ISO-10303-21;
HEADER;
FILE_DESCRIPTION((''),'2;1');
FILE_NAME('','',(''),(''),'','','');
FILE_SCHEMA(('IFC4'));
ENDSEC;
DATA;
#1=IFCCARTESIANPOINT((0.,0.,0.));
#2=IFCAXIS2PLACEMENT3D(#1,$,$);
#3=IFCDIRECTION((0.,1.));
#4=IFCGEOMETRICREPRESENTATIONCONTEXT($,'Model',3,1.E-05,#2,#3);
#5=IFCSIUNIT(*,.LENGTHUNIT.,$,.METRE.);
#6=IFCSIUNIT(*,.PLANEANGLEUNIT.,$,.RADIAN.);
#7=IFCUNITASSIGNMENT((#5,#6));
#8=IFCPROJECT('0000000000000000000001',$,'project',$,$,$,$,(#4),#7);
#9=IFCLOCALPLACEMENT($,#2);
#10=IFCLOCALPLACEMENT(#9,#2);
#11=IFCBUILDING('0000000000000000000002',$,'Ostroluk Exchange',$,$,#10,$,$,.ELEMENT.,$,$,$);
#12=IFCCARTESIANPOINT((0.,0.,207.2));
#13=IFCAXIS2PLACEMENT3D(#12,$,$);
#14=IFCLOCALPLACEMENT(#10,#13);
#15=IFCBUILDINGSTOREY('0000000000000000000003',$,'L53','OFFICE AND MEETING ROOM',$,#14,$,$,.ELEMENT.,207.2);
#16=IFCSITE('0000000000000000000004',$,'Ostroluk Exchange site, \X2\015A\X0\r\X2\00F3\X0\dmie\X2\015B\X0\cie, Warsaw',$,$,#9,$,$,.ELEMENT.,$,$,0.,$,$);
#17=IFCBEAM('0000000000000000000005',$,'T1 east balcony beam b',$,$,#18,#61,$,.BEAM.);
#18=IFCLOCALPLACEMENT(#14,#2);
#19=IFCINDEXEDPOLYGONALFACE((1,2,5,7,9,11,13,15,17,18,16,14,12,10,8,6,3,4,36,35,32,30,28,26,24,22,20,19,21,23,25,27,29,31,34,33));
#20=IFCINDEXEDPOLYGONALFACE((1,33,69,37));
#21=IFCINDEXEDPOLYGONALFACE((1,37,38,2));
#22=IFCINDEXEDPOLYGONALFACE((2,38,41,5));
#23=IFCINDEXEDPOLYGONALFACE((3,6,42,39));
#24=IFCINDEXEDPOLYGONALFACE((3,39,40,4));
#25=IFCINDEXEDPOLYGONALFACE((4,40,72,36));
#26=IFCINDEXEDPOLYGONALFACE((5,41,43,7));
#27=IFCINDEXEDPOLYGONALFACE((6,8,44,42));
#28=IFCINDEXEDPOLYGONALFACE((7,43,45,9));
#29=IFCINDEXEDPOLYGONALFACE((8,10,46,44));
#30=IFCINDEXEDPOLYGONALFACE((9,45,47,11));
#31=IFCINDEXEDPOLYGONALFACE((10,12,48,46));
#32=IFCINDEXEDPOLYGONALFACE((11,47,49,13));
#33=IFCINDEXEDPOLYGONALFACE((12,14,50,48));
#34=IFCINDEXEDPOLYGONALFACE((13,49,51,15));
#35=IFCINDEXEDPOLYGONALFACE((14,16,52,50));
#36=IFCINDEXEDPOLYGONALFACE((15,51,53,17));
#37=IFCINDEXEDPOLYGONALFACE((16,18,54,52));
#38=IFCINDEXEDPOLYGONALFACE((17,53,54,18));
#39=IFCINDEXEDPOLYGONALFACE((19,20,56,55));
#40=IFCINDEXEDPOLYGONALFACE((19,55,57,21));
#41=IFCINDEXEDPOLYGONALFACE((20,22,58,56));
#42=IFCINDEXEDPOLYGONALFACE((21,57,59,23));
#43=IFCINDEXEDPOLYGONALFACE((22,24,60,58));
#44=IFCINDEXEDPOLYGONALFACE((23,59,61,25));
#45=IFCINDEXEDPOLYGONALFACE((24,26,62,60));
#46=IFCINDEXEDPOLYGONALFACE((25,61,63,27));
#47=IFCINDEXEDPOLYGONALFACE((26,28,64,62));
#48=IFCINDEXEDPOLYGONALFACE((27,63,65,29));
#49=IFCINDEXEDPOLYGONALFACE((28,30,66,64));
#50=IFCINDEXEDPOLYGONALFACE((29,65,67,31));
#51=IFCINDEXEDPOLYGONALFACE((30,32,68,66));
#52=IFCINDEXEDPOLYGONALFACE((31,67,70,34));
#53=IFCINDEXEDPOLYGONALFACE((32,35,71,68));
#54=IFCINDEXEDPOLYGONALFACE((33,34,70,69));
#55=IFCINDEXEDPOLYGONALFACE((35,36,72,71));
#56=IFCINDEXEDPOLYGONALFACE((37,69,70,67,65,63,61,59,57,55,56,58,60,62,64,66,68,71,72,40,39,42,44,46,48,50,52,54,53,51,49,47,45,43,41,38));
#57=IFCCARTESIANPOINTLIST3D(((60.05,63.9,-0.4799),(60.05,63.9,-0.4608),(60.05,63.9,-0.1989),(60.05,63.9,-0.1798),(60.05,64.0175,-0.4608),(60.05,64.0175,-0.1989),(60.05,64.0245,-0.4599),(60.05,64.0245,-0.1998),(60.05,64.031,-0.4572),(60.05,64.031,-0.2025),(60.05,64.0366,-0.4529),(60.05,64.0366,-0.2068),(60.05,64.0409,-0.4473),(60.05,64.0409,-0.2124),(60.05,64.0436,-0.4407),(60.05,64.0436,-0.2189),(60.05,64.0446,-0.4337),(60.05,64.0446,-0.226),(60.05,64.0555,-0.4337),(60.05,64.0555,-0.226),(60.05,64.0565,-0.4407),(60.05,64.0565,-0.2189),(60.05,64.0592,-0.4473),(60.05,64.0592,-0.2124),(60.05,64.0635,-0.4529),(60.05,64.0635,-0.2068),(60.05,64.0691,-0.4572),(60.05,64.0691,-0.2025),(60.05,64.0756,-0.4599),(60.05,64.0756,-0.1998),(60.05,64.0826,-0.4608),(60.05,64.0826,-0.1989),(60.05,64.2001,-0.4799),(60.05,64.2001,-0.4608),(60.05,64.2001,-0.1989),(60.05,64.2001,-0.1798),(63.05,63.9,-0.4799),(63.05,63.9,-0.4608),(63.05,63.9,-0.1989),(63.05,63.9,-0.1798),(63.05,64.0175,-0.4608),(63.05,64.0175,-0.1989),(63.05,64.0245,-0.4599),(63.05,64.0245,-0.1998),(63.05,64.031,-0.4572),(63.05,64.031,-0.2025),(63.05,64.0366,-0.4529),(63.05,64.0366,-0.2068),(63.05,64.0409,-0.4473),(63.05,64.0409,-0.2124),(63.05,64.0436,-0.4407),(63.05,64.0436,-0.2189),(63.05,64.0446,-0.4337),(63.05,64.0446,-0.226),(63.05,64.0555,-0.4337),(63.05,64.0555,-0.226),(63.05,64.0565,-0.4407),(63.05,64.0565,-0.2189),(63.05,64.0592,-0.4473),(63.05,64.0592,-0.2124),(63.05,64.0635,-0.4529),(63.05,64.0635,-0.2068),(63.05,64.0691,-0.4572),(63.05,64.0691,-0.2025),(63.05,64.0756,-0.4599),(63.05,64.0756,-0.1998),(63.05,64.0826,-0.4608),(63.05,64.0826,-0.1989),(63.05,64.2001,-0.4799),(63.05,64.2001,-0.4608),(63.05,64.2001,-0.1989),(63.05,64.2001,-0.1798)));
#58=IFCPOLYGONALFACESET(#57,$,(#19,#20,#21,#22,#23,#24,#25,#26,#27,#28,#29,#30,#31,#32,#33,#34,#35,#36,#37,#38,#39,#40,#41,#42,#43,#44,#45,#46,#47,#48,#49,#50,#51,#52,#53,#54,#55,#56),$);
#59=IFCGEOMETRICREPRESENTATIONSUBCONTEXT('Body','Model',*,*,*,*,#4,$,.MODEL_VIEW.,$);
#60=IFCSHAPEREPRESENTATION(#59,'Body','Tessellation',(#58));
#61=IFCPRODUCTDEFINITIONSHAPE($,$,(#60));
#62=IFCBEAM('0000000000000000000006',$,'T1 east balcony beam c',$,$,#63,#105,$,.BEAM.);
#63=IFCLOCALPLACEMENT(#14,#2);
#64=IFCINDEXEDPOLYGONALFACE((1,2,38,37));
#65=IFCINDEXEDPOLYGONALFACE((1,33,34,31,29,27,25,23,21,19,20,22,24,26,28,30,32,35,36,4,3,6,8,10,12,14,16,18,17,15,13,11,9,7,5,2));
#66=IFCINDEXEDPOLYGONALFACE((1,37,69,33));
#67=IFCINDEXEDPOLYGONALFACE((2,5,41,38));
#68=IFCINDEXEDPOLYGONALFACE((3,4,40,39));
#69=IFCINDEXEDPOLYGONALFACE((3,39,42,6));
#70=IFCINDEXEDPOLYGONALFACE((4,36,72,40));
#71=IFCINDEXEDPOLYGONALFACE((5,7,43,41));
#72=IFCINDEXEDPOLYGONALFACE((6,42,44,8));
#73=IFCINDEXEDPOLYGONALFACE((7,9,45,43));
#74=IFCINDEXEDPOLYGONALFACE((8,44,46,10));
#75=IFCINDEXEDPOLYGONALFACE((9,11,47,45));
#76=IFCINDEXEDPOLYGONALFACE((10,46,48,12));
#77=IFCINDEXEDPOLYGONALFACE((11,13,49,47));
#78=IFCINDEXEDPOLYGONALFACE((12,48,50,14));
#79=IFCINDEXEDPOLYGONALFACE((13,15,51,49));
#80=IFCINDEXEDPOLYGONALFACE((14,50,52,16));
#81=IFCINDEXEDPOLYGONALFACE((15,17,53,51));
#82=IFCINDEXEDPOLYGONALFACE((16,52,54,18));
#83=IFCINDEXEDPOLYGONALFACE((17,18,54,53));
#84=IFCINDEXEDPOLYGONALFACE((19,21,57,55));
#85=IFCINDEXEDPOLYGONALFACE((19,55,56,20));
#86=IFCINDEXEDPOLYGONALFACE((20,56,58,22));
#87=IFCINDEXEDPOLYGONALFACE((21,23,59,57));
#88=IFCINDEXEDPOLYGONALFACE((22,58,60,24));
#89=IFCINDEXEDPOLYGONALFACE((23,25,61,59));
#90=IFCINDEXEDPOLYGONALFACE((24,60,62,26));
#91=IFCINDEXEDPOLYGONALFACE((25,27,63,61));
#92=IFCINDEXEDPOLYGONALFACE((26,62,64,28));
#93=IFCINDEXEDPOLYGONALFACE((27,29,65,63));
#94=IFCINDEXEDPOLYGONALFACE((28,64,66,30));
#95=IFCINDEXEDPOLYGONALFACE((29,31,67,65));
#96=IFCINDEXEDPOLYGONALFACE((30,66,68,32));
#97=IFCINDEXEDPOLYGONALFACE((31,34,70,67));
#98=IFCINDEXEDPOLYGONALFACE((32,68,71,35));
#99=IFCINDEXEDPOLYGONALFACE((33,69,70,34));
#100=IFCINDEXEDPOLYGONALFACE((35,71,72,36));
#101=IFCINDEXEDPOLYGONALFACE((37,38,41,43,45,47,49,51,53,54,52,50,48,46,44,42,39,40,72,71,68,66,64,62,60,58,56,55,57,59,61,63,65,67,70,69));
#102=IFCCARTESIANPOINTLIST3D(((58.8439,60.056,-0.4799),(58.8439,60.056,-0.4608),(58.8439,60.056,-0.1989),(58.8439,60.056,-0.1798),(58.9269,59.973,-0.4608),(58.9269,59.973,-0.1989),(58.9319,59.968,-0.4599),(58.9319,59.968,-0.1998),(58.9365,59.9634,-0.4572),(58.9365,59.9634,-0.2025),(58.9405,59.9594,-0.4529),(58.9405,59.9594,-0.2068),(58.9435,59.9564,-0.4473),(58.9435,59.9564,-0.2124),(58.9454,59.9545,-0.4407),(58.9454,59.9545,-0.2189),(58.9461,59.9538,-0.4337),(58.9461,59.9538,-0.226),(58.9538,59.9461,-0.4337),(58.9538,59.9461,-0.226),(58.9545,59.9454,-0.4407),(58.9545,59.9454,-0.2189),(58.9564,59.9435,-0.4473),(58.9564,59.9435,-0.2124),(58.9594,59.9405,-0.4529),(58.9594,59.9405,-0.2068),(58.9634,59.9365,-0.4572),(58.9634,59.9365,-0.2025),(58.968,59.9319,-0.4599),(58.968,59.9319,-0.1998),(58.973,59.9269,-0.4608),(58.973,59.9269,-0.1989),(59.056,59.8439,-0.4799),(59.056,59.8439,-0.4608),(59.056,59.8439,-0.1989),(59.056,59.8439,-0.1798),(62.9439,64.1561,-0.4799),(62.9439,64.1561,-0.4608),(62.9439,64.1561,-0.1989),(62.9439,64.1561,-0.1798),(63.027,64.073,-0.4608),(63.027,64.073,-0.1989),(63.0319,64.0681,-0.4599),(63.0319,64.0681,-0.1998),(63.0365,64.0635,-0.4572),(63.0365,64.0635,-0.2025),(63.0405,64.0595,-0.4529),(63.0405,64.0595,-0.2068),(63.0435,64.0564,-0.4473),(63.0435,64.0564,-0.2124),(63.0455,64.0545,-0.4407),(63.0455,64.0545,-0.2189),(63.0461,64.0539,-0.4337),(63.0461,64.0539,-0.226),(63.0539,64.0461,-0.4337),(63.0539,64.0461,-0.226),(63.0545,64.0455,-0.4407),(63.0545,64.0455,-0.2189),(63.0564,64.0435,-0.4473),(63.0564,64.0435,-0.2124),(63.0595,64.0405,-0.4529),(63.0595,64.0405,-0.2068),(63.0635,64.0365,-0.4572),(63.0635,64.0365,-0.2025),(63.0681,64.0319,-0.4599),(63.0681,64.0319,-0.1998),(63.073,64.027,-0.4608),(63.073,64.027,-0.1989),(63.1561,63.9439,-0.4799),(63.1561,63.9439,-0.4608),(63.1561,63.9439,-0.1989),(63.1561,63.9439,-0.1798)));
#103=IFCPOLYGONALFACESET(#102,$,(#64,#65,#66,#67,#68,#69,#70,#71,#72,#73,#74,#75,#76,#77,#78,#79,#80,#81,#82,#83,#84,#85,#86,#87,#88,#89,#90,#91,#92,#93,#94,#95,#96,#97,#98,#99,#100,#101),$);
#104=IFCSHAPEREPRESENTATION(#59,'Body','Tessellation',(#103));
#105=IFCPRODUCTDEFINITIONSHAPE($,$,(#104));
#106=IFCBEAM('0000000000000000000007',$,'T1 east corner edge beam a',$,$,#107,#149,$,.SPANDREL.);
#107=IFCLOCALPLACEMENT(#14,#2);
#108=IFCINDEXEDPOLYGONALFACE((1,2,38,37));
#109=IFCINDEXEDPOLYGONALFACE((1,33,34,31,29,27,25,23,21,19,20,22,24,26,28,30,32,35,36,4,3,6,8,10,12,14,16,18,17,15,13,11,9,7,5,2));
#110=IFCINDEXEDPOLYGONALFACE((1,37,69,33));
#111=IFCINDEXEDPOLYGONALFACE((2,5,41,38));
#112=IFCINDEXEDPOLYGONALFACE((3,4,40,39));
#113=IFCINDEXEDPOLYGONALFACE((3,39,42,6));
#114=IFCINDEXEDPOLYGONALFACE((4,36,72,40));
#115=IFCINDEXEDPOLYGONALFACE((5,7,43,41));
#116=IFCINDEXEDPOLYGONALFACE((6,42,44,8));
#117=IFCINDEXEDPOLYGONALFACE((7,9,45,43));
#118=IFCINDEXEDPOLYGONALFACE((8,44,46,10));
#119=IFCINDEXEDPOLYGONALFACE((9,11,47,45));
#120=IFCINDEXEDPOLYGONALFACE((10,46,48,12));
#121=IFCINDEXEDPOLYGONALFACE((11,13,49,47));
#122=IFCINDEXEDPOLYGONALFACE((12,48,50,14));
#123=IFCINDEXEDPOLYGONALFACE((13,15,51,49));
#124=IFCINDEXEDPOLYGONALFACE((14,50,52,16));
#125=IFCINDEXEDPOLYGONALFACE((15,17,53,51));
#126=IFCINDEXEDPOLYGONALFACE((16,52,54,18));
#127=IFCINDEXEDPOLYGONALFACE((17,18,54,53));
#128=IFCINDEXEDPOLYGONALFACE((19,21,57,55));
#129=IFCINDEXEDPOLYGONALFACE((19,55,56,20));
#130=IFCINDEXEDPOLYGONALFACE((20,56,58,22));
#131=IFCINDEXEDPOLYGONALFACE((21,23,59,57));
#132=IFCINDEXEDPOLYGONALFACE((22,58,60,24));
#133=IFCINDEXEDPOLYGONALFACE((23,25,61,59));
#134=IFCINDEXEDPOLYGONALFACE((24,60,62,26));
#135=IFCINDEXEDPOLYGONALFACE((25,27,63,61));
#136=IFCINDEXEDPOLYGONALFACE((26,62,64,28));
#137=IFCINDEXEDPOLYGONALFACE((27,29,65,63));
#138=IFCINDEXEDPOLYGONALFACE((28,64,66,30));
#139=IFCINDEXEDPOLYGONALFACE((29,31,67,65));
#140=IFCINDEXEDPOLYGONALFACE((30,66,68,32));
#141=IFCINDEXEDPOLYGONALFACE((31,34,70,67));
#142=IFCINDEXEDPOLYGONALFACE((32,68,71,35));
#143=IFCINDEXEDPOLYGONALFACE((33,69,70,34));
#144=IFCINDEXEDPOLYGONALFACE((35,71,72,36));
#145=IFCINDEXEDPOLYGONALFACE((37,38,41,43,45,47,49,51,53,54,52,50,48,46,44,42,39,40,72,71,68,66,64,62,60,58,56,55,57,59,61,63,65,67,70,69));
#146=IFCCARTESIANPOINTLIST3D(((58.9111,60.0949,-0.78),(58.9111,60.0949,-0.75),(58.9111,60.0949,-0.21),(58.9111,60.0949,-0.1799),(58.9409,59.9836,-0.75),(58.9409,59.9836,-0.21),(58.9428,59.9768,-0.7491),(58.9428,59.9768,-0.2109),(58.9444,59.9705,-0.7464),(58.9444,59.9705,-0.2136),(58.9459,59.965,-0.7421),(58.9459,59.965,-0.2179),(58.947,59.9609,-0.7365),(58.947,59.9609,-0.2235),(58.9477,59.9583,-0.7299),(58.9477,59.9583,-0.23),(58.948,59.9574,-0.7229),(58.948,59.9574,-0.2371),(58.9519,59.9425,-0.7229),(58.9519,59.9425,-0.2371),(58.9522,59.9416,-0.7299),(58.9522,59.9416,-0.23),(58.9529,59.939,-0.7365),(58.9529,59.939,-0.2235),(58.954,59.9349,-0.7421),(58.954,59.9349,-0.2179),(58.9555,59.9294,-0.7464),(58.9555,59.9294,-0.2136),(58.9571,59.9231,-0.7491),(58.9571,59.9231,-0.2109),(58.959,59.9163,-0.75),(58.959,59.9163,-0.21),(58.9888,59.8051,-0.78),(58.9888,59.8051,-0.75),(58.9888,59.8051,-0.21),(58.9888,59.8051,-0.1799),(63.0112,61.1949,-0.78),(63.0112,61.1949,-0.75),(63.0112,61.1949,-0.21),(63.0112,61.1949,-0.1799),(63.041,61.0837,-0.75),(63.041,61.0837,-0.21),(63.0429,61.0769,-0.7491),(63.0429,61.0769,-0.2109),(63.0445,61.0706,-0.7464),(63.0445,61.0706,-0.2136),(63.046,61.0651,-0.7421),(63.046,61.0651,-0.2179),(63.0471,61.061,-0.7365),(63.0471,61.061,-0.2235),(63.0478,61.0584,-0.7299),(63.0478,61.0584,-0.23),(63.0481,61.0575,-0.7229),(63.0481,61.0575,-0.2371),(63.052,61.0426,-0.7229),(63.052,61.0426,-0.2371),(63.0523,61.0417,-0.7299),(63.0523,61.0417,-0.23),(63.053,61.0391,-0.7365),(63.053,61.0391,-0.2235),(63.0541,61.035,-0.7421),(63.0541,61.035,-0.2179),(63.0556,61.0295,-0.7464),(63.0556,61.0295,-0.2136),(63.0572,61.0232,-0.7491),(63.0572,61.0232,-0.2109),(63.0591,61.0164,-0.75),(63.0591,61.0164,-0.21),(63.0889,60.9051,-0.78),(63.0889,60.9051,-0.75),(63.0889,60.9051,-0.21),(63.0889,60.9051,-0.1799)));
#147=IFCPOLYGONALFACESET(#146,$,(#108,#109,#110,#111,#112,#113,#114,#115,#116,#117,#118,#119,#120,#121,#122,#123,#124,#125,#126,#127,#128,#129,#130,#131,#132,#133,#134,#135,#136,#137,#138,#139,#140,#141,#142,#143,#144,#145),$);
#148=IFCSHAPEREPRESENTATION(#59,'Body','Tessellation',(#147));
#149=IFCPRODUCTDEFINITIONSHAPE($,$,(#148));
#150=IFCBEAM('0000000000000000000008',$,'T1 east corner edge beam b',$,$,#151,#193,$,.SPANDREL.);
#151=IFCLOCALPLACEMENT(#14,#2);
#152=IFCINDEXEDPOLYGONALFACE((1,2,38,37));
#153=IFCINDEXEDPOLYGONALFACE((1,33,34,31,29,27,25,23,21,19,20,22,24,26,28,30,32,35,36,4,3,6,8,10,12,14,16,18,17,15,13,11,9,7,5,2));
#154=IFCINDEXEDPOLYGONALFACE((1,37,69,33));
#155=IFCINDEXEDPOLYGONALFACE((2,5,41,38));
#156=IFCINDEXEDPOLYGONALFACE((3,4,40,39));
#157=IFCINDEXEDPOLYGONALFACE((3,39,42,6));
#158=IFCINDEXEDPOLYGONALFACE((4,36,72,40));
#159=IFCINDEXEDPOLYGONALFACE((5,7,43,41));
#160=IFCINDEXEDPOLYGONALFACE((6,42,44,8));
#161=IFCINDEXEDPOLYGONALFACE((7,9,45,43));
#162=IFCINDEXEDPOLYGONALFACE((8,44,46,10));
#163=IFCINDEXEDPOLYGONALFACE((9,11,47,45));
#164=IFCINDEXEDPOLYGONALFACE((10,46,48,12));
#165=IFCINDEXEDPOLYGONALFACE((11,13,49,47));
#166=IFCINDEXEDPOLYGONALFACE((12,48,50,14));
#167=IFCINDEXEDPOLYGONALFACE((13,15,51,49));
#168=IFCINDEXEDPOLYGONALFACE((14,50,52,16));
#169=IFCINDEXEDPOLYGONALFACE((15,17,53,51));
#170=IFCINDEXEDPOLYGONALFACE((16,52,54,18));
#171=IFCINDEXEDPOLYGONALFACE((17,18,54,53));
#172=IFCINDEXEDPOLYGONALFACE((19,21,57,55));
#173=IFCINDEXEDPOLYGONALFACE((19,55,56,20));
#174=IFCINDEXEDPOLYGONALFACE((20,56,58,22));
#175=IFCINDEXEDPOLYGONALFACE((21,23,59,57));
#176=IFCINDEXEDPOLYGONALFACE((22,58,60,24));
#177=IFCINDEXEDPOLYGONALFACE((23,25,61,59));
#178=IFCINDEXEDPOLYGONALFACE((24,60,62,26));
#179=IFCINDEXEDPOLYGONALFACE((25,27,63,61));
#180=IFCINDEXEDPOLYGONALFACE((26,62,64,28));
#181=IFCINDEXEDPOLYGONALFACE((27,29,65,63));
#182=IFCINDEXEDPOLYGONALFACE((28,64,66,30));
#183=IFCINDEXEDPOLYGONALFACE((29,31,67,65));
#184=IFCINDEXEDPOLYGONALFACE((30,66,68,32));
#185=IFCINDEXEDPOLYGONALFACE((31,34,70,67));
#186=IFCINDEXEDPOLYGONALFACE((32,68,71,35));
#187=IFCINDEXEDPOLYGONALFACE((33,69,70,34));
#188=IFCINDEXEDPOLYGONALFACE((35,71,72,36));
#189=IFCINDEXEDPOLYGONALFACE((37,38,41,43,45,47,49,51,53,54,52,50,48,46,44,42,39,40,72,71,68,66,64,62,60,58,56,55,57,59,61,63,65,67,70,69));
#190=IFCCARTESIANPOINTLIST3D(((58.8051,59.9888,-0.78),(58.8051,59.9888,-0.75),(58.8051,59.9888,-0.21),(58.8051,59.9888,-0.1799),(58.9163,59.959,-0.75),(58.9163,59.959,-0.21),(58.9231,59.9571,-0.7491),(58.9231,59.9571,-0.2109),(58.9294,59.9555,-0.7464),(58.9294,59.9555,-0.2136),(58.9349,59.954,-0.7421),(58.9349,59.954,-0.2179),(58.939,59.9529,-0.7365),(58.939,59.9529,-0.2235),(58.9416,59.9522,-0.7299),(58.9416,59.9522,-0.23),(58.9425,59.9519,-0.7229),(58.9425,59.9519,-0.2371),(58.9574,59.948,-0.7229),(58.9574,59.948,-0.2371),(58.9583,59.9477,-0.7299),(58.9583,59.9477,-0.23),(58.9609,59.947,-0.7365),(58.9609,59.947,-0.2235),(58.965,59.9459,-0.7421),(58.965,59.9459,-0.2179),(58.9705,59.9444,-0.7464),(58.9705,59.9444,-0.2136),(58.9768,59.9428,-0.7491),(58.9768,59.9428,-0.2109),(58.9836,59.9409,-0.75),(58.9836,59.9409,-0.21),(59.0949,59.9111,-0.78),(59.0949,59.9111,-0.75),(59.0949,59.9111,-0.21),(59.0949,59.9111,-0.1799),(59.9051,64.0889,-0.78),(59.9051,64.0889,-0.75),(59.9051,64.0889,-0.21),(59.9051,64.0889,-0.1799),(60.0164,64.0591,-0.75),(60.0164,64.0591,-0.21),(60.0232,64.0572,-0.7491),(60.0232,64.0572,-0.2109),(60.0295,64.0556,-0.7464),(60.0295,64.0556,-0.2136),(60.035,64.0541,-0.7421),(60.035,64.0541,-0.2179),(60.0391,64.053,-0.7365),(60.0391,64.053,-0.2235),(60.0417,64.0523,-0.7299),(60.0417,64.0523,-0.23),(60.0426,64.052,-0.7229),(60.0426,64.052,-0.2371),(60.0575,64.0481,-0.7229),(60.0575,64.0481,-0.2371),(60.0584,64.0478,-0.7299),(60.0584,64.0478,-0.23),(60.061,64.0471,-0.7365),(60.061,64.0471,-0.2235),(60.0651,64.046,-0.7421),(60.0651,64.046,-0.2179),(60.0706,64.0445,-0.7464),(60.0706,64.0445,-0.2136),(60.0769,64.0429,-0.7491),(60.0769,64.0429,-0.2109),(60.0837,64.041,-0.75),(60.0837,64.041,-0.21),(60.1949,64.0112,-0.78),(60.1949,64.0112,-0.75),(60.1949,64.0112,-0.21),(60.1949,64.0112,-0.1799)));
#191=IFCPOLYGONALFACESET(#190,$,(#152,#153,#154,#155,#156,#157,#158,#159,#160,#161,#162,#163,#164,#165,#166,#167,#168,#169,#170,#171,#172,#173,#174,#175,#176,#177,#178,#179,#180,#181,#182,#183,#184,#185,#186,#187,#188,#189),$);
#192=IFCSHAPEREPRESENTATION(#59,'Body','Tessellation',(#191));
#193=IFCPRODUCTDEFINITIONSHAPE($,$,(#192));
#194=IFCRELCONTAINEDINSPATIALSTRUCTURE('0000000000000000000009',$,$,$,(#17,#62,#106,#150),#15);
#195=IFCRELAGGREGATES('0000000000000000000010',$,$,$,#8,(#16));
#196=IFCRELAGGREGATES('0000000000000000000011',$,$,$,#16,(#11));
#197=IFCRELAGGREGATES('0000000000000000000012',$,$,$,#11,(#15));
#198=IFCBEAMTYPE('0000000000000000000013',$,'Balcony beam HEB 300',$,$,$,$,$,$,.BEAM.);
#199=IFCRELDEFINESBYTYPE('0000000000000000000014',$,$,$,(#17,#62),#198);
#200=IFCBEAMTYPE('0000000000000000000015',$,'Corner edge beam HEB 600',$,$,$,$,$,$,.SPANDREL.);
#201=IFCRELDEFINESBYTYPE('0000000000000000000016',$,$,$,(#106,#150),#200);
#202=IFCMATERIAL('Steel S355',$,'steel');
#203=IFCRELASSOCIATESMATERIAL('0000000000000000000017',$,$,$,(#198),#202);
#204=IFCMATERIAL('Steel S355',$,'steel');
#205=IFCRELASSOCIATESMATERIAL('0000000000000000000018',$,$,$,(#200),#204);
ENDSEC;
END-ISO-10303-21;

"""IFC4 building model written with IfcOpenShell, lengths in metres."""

from ifc_helpers import new_model, si_unit, direction, frame, origin, origin_2d, place, context, subcontext, project, spatial, i_section, extrude, material, material_profile, profile_set, type_object, element, save


model = new_model("IFC4")

# Units and contexts
model_context = context("Model", 3, precision=1e-05, world=origin(), true_north=direction((0.0, 1.0)))
body_context = subcontext(model_context, "Body", "Model", "MODEL_VIEW")
ifc_project = project(units=[si_unit("LENGTHUNIT", "METRE"), si_unit("PLANEANGLEUNIT", "RADIAN")], contexts=[model_context])

# Site, building, storey
site_placement = place(None, origin())
site = spatial("IfcSite", under=ifc_project, at=site_placement, Name="Ostroluk Exchange site, Śródmieście, Warsaw", CompositionType="ELEMENT", RefElevation=0.0)
building_placement = place(site_placement, origin())
building = spatial("IfcBuilding", under=site, at=building_placement, Name="Ostroluk Exchange", CompositionType="ELEMENT")
storey_placement = place(building_placement, frame((0.0, 0.0, 207.2)))
storey = spatial("IfcBuildingStorey", under=building, at=storey_placement, Name="L53", Description="OFFICE AND MEETING ROOM", CompositionType="ELEMENT", Elevation=207.2)

# Beams
ifc_material_1 = material(Name="Steel S355", Category="steel")
ifc_material_profile_1 = material_profile(ifc_material_1, i_section(OverallWidth=0.3, OverallDepth=0.3, WebThickness=0.011, FlangeThickness=0.019, FilletRadius=0.0271, at=origin_2d()), Name="HEB 300")
ifc_profile_set_1 = profile_set([ifc_material_profile_1], Name="Steel S355")
beam_type_1 = type_object("IfcBeamType", Name="Balcony beam HEB 300", PredefinedType="BEAM", material=ifc_profile_set_1)
for number, where, z_axis, x_axis, name in (
    (1, (60.05, 64.05, -0.3298), (1.0, 0.0, 0.0), (0.0, 1.0, 0.0), "T1 east balcony beam b"),
):
    element("IfcBeam", number, at=place(storey_placement, frame(where, z_axis=z_axis, x_axis=x_axis)), inside=storey, type_object=beam_type_1, Name=name, PredefinedType="BEAM", context=body_context, shape_type="SweptSolid", body=[
        extrude(i_section(OverallWidth=0.3, OverallDepth=0.3, WebThickness=0.011, FlangeThickness=0.019, FilletRadius=0.0271, at=origin_2d()), origin(), (0.0, 0.0, 1.0), 3.0),
    ])
beam_1_placement = place(storey_placement, frame((58.95, 59.95, -0.3298), z_axis=(0.707107, 0.707107, 0.0), x_axis=(-0.707107, 0.707107, 0.0)))
element("IfcBeam", 2, at=beam_1_placement, inside=storey, type_object=beam_type_1, Name="T1 east balcony beam c", PredefinedType="BEAM", context=body_context, shape_type="SweptSolid", body=[
    extrude(i_section(OverallWidth=0.3, OverallDepth=0.3, WebThickness=0.011, FlangeThickness=0.019, FilletRadius=0.0271, at=origin_2d()), origin(), (0.0, 0.0, 1.0), 5.7983),
])
ifc_material_2 = material(Name="Steel S355", Category="steel")
ifc_material_profile_2 = material_profile(ifc_material_2, i_section(OverallWidth=0.3, OverallDepth=0.6001, WebThickness=0.0154, FlangeThickness=0.03, FilletRadius=0.0271, at=origin_2d()), Name="HEB 600")
ifc_profile_set_2 = profile_set([ifc_material_profile_2], Name="Steel S355")
beam_type_2 = type_object("IfcBeamType", Name="Corner edge beam HEB 600", PredefinedType="SPANDREL", material=ifc_profile_set_2)
for number, where, z_axis, x_axis, name in (
    (3, (58.95, 59.95, -0.48), (0.965839, 0.259144, 0.0), (-0.259144, 0.965839, 0.0), "T1 east corner edge beam a"),
    (4, (58.95, 59.95, -0.48), (0.259144, 0.965839, 0.0), (-0.965839, 0.259144, 0.0), "T1 east corner edge beam b"),
):
    element("IfcBeam", number, at=place(storey_placement, frame(where, z_axis=z_axis, x_axis=x_axis)), inside=storey, type_object=beam_type_2, Name=name, PredefinedType="SPANDREL", context=body_context, shape_type="SweptSolid", body=[
        extrude(i_section(OverallWidth=0.3, OverallDepth=0.6001, WebThickness=0.0154, FlangeThickness=0.03, FilletRadius=0.0271, at=origin_2d()), origin(), (0.0, 0.0, 1.0), 4.2451),
    ])

save(model, "model.ifc")
